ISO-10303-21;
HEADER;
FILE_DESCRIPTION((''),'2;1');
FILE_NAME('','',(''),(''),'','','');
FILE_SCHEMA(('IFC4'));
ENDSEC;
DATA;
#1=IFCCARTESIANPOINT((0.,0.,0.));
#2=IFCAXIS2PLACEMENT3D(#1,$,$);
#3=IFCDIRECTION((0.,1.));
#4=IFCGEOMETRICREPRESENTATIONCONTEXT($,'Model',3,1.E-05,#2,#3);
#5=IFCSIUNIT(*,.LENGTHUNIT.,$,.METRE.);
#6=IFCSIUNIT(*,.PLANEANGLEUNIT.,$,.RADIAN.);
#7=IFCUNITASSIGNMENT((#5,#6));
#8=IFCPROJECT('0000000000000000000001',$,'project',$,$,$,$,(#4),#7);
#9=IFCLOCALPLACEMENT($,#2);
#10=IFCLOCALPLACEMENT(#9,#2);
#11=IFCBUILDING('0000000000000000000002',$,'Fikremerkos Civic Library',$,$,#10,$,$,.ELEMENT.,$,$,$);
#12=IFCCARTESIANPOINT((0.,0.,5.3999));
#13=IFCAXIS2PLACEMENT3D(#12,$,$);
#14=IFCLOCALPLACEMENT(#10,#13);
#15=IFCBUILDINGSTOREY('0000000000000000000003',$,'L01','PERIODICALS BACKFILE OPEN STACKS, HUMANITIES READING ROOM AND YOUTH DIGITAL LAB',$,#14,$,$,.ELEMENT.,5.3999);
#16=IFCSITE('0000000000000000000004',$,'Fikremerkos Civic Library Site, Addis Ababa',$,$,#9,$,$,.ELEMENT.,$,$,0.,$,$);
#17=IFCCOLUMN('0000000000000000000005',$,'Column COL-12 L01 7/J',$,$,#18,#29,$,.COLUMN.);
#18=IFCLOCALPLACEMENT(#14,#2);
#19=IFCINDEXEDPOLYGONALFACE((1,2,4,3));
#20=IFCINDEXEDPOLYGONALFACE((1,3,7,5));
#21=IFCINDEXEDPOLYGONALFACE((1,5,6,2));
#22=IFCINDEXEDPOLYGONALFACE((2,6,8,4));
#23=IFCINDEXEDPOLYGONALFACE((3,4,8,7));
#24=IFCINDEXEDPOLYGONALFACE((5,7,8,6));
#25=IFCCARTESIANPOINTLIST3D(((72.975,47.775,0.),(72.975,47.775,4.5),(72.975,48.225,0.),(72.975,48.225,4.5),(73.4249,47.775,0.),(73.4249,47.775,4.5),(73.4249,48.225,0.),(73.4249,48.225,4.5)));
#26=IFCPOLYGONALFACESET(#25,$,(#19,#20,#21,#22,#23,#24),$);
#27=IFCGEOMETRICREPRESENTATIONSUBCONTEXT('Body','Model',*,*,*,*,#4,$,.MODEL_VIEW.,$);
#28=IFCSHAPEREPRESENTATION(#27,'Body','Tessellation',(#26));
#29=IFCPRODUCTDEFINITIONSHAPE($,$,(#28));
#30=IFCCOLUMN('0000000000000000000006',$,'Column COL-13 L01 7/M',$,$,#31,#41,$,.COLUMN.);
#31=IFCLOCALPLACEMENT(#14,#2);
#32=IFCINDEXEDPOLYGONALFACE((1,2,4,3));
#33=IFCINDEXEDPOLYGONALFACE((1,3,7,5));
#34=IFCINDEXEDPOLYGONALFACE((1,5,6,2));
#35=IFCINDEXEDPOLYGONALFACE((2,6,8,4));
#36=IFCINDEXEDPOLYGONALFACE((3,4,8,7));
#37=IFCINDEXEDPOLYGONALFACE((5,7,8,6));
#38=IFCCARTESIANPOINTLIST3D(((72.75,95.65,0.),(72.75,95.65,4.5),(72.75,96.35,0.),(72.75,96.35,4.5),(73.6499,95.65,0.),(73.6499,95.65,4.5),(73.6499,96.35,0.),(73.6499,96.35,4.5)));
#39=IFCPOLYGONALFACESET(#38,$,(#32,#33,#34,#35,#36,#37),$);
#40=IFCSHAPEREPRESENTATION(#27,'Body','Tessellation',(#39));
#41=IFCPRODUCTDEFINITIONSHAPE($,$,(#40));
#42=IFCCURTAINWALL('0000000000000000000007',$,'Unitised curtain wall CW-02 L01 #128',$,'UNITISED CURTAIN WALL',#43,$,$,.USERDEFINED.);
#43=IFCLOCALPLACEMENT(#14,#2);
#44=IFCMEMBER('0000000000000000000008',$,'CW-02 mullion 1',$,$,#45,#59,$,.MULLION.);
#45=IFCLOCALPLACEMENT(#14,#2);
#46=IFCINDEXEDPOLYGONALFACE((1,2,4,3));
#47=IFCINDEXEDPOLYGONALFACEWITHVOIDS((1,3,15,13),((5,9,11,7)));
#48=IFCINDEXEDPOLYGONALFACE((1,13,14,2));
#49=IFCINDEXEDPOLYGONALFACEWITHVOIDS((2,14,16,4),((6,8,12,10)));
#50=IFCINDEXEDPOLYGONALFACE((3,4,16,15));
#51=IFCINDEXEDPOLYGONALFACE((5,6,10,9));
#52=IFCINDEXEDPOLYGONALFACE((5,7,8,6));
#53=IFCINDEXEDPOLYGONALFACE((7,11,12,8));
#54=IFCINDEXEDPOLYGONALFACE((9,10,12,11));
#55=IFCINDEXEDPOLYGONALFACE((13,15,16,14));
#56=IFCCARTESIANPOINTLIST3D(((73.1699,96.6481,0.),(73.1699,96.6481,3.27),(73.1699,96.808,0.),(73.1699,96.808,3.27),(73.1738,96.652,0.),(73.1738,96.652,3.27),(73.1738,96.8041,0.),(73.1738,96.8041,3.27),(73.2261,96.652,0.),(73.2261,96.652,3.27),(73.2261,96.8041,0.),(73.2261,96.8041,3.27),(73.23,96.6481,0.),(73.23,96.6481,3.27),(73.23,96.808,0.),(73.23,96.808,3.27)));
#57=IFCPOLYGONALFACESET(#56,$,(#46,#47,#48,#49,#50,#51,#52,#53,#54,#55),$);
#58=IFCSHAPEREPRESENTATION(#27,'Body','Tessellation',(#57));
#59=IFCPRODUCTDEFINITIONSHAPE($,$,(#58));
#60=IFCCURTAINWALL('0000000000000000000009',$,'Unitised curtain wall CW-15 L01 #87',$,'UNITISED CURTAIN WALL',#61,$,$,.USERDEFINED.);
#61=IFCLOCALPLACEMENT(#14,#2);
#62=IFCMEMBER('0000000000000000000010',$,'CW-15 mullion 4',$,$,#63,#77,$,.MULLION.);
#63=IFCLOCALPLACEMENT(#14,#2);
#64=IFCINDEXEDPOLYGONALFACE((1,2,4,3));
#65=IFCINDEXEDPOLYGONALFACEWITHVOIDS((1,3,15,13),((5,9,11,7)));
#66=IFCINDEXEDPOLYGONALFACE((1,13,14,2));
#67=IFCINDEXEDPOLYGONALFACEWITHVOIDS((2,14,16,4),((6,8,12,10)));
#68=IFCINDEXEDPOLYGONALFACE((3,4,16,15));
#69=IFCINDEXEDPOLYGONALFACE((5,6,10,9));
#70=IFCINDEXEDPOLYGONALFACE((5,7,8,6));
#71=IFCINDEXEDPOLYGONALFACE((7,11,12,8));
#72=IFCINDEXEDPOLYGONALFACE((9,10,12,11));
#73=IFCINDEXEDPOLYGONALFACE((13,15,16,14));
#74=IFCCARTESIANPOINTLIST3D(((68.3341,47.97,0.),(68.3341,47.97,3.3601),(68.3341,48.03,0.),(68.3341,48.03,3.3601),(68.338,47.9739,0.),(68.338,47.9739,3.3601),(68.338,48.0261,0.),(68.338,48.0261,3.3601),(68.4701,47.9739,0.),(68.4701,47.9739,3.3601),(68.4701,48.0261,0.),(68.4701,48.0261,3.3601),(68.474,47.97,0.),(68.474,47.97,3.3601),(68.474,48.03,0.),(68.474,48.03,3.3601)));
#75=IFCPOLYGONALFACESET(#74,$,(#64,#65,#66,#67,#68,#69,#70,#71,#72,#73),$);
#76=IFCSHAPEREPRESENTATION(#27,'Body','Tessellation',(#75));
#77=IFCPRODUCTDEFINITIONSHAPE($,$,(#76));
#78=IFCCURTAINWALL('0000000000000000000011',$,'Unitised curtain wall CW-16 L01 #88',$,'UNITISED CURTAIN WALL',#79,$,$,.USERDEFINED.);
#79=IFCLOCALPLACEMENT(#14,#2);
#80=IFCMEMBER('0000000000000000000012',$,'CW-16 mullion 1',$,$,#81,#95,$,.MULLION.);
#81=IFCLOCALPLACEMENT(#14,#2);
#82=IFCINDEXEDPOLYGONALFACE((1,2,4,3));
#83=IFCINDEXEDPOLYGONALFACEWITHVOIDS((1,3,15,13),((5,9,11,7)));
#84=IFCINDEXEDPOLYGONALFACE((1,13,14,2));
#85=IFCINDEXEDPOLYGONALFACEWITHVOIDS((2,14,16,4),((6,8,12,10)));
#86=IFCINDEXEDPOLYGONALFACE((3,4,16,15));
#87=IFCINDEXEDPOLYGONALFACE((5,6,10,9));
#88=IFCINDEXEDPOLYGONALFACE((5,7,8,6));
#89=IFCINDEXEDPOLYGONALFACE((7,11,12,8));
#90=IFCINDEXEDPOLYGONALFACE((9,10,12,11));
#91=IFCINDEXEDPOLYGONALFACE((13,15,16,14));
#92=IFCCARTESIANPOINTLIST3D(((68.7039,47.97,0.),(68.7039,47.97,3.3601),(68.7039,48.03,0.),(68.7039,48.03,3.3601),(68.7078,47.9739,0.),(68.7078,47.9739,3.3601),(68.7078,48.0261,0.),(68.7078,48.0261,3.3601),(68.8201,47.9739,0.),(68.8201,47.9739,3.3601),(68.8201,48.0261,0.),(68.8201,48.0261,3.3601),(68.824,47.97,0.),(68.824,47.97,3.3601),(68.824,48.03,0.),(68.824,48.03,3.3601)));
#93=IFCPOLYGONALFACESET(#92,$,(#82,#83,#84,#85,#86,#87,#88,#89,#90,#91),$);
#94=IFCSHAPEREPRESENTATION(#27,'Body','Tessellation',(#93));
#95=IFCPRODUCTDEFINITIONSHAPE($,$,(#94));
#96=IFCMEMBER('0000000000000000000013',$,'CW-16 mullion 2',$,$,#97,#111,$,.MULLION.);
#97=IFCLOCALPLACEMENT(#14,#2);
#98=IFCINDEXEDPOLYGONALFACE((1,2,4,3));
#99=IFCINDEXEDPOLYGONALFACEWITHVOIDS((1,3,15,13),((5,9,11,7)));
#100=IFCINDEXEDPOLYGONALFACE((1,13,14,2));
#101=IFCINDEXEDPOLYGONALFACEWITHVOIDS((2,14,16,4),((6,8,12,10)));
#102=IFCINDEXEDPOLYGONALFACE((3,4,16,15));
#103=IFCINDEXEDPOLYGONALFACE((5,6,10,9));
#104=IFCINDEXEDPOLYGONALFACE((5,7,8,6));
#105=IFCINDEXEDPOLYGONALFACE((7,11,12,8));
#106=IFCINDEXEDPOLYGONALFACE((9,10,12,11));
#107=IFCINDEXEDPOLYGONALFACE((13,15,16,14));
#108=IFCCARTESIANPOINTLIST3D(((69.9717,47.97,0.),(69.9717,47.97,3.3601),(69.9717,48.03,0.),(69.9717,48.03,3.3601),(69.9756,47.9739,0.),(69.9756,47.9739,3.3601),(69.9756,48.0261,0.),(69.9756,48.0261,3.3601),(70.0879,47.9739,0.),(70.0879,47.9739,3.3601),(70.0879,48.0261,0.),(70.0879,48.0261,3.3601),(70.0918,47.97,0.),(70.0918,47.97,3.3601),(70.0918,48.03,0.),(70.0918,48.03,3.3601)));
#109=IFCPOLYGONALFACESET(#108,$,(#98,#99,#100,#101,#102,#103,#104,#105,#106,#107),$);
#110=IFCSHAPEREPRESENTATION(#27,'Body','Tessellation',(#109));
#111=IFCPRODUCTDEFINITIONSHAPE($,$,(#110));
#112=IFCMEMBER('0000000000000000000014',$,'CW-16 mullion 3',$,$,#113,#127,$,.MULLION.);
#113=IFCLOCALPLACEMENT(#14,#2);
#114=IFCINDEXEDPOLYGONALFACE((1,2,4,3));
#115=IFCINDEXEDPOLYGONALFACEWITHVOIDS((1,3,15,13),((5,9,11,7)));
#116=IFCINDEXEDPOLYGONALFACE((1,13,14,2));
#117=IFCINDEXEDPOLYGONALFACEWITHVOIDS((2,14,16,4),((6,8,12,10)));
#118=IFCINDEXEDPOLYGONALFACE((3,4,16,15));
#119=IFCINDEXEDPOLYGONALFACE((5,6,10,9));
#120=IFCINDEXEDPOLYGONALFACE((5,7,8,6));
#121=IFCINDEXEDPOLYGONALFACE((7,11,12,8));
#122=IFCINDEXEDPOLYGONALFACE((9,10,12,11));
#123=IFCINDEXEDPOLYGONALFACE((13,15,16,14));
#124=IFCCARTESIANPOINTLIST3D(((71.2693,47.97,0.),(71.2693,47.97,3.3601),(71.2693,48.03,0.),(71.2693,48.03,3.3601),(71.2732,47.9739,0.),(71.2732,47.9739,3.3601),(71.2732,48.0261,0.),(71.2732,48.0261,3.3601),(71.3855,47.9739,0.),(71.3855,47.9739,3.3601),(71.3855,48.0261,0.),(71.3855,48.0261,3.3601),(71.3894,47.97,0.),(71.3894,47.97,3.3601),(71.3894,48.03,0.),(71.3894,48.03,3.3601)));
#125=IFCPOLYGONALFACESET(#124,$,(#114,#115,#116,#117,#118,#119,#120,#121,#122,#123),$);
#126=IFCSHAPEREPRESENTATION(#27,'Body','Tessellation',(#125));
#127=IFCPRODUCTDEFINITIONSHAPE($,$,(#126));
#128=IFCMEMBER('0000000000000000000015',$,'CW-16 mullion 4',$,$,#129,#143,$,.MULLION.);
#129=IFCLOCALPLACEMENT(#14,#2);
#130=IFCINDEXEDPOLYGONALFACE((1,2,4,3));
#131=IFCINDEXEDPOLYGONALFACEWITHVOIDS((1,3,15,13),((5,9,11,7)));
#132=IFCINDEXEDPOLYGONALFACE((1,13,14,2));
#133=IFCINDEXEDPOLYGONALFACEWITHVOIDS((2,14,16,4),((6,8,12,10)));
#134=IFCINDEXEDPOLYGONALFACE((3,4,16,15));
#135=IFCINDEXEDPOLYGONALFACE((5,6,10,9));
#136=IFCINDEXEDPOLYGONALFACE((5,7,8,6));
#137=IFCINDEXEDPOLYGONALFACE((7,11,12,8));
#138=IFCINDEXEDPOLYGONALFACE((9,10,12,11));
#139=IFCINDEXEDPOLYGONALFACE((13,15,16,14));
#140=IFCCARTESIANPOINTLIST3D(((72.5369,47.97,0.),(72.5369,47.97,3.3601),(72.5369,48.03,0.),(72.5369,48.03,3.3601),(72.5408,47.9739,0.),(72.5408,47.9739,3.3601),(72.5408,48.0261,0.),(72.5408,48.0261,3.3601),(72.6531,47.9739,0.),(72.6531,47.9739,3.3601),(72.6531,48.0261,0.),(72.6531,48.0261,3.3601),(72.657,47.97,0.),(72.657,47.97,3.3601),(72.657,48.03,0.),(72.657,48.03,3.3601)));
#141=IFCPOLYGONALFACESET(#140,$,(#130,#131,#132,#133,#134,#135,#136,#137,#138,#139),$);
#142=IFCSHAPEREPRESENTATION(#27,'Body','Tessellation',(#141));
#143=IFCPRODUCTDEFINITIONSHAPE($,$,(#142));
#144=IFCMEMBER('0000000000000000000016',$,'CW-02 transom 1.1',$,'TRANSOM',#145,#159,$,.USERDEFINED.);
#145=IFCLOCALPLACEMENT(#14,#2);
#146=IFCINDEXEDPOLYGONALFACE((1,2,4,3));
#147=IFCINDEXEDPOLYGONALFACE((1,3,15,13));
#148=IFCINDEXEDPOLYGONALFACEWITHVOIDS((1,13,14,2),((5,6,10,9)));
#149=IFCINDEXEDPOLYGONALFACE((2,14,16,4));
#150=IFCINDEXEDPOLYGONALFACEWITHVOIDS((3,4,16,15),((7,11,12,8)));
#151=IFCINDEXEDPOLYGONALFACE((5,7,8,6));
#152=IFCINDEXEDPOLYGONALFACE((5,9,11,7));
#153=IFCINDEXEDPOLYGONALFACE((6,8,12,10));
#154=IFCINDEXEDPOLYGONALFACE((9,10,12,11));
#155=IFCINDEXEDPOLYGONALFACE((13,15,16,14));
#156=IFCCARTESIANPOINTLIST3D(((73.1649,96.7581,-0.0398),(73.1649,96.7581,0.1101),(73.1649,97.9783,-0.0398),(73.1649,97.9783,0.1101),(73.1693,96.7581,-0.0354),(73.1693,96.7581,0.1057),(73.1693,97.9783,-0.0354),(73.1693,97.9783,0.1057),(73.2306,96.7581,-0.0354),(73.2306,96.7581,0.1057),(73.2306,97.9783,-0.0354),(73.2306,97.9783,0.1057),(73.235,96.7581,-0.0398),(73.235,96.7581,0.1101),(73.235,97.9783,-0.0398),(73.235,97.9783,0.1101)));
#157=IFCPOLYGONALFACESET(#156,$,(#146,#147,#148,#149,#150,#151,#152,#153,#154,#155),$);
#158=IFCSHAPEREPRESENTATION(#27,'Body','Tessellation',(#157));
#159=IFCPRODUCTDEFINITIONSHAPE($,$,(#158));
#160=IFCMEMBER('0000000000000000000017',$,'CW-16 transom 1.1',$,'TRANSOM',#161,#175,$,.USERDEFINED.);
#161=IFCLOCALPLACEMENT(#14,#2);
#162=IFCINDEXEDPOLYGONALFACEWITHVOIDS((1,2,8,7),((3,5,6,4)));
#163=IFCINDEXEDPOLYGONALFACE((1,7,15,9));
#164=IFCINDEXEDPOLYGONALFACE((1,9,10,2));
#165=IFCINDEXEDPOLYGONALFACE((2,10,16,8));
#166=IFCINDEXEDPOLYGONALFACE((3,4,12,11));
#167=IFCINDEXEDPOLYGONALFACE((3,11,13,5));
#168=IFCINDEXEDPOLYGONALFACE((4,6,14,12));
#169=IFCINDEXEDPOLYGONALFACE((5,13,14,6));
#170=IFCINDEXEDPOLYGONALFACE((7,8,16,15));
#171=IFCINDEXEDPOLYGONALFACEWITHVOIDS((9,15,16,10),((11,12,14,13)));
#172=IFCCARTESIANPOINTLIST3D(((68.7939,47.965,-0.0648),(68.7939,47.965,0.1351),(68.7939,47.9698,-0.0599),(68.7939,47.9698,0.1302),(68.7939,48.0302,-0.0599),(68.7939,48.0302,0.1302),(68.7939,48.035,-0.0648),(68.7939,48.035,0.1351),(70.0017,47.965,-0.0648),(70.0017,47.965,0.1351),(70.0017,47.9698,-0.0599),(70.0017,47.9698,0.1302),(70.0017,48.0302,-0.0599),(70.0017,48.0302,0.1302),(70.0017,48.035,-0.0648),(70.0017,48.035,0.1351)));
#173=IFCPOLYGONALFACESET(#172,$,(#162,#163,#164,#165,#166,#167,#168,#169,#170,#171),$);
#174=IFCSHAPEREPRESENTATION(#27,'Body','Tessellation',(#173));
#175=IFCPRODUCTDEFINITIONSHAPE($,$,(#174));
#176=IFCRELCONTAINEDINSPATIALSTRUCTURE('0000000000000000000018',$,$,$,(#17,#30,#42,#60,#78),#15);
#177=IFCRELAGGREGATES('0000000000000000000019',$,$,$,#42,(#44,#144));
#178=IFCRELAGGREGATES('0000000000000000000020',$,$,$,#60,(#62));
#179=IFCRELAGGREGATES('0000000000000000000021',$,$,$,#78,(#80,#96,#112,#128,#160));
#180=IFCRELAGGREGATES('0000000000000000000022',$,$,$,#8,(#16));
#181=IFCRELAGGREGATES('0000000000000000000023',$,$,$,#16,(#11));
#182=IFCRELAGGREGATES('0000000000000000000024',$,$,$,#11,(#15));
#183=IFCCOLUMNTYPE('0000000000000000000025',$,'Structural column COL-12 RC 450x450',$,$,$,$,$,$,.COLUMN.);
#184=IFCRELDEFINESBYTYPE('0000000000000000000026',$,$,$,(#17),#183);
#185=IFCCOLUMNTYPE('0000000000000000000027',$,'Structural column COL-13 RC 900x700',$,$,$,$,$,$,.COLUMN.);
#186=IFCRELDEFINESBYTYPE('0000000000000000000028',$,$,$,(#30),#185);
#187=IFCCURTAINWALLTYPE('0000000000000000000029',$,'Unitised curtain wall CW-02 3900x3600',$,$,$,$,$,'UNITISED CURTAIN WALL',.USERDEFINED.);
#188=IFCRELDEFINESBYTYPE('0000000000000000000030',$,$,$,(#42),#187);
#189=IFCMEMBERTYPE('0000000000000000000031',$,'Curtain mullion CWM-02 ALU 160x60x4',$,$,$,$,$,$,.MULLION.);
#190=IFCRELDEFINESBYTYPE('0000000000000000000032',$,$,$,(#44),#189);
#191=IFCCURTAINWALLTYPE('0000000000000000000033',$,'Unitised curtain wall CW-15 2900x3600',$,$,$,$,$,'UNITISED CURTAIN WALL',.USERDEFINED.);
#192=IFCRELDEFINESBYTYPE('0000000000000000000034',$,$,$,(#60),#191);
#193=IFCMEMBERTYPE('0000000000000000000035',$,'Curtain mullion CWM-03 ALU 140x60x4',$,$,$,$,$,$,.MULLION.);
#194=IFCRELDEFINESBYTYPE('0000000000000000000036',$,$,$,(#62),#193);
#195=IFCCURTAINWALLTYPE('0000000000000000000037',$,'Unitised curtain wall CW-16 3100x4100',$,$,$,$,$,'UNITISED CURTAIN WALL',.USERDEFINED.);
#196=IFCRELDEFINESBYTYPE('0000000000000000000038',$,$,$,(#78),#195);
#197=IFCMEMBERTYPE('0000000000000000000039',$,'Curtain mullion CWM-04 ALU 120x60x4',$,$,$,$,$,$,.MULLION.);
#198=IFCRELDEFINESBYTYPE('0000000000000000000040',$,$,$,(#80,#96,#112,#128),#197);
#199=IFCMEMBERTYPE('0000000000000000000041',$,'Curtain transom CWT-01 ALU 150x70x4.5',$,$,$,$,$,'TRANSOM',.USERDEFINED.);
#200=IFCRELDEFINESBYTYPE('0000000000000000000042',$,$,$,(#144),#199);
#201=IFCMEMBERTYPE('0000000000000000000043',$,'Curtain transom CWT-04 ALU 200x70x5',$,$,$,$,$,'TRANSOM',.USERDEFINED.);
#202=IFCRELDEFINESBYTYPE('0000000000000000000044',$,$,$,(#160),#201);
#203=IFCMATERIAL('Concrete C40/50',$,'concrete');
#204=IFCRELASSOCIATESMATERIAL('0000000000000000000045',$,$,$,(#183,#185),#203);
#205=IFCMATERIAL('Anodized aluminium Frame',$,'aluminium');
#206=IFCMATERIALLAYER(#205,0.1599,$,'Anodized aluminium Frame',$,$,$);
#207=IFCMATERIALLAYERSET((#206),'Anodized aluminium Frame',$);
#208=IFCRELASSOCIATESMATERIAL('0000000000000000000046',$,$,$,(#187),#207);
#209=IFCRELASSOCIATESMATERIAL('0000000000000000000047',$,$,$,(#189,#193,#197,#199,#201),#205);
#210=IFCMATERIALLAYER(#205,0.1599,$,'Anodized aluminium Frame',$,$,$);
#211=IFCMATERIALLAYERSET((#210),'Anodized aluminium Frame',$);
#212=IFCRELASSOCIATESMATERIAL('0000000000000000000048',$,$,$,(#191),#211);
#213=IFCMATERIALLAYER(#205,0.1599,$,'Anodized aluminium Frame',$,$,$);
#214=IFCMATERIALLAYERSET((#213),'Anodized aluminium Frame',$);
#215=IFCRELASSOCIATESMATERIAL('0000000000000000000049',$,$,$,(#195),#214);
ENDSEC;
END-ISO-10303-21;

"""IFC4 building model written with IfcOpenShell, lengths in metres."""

from ifc_helpers import new_model, si_unit, direction, frame, origin, origin_2d, place, context, subcontext, project, spatial, rectangle, hollow_rectangle, extrude, material, layer, layer_set, material_profile, profile_set, type_object, element, aggregate, save


model = new_model("IFC4")

# Units and contexts
model_context = context("Model", 3, precision=1e-05, world=origin(), true_north=direction((0.0, 1.0)))
body_context = subcontext(model_context, "Body", "Model", "MODEL_VIEW")
ifc_project = project(units=[si_unit("LENGTHUNIT", "METRE"), si_unit("PLANEANGLEUNIT", "RADIAN")], contexts=[model_context])

# Site, building, storey
site_placement = place(None, origin())
site = spatial("IfcSite", under=ifc_project, at=site_placement, Name="Fikremerkos Civic Library Site, Addis Ababa", CompositionType="ELEMENT", RefElevation=0.0)
building_placement = place(site_placement, origin())
building = spatial("IfcBuilding", under=site, at=building_placement, Name="Fikremerkos Civic Library", CompositionType="ELEMENT")
storey_placement = place(building_placement, frame((0.0, 0.0, 5.3999)))
storey = spatial("IfcBuildingStorey", under=building, at=storey_placement, Name="L01", Description="PERIODICALS BACKFILE OPEN STACKS, HUMANITIES READING ROOM AND YOUTH DIGITAL LAB", CompositionType="ELEMENT", Elevation=5.3999)

# Columns
ifc_material_1 = material(Name="Concrete C40/50", Category="concrete")
ifc_material_profile_1 = material_profile(ifc_material_1, rectangle(XDim=0.45, YDim=0.45, at=origin_2d()), Name="RC 450x450")
ifc_profile_set_1 = profile_set([ifc_material_profile_1], Name="Concrete C40/50")
column_type_1 = type_object("IfcColumnType", Name="Structural column COL-12 RC 450x450", PredefinedType="COLUMN", material=ifc_profile_set_1)
column_1_placement = place(storey_placement, frame((73.2, 48.0, 0.0), z_axis=(0.0, 0.0, 1.0), x_axis=(1.0, 0.0, 0.0)))
element("IfcColumn", 1, at=column_1_placement, inside=storey, type_object=column_type_1, Name="Column COL-12 L01 7/J", PredefinedType="COLUMN", context=body_context, shape_type="SweptSolid", body=[
    extrude(rectangle(XDim=0.45, YDim=0.45, at=origin_2d()), origin(), (0.0, 0.0, 1.0), 4.5),
])
ifc_material_profile_2 = material_profile(ifc_material_1, rectangle(XDim=0.8999, YDim=0.7, at=origin_2d()), Name="RC 900x700")
ifc_profile_set_2 = profile_set([ifc_material_profile_2], Name="Concrete C40/50")
column_type_2 = type_object("IfcColumnType", Name="Structural column COL-13 RC 900x700", PredefinedType="COLUMN", material=ifc_profile_set_2)
column_2_placement = place(storey_placement, frame((73.2, 96.0, 0.0), z_axis=(0.0, 0.0, 1.0), x_axis=(1.0, 0.0, 0.0)))
element("IfcColumn", 2, at=column_2_placement, inside=storey, type_object=column_type_2, Name="Column COL-13 L01 7/M", PredefinedType="COLUMN", context=body_context, shape_type="SweptSolid", body=[
    extrude(rectangle(XDim=0.8999, YDim=0.7, at=origin_2d()), origin(), (0.0, 0.0, 1.0), 4.5),
])

# Curtain walls, members
ifc_material_2 = material(Name="Anodized aluminium Frame", Category="aluminium")
ifc_layer_1 = layer(ifc_material_2, 0.1599, Name="Anodized aluminium Frame")
ifc_layer_set_1 = layer_set([ifc_layer_1], Name="Anodized aluminium Frame")
curtain_wall_type_1 = type_object("IfcCurtainWallType", Name="Unitised curtain wall CW-02 3900x3600", ElementType="UNITISED CURTAIN WALL", PredefinedType="USERDEFINED", material=ifc_layer_set_1)
curtain_wall_1_placement = place(storey_placement, origin())
curtain_wall_1 = element("IfcCurtainWall", 3, at=curtain_wall_1_placement, inside=storey, type_object=curtain_wall_type_1, Name="Unitised curtain wall CW-02 L01 #128", ObjectType="UNITISED CURTAIN WALL", PredefinedType="USERDEFINED")
ifc_material_profile_3 = material_profile(ifc_material_2, hollow_rectangle(XDim=0.0601, YDim=0.1599, WallThickness=0.0039, at=origin_2d()), Name="ALU 160x60x4")
ifc_profile_set_3 = profile_set([ifc_material_profile_3], Name="Anodized aluminium Frame")
member_type_1 = type_object("IfcMemberType", Name="Curtain mullion CWM-02 ALU 160x60x4", PredefinedType="MULLION", material=ifc_profile_set_3)
member_1_placement = place(storey_placement, frame((73.2, 96.728, 0.0), z_axis=(0.0, 0.0, 1.0), x_axis=(-1.0, 0.0, 0.0)))
member_1 = element("IfcMember", 4, at=member_1_placement, type_object=member_type_1, Name="CW-02 mullion 1", PredefinedType="MULLION", context=body_context, shape_type="SweptSolid", body=[
    extrude(hollow_rectangle(XDim=0.0601, YDim=0.1599, WallThickness=0.0039, at=origin_2d()), origin(), (0.0, 0.0, 1.0), 3.27),
])
ifc_layer_2 = layer(ifc_material_2, 0.1599, Name="Anodized aluminium Frame")
ifc_layer_set_2 = layer_set([ifc_layer_2], Name="Anodized aluminium Frame")
curtain_wall_type_2 = type_object("IfcCurtainWallType", Name="Unitised curtain wall CW-15 2900x3600", ElementType="UNITISED CURTAIN WALL", PredefinedType="USERDEFINED", material=ifc_layer_set_2)
curtain_wall_2_placement = place(storey_placement, origin())
curtain_wall_2 = element("IfcCurtainWall", 5, at=curtain_wall_2_placement, inside=storey, type_object=curtain_wall_type_2, Name="Unitised curtain wall CW-15 L01 #87", ObjectType="UNITISED CURTAIN WALL", PredefinedType="USERDEFINED")
ifc_material_profile_4 = material_profile(ifc_material_2, hollow_rectangle(XDim=0.0601, YDim=0.1399, WallThickness=0.0039, at=origin_2d()), Name="ALU 140x60x4")
ifc_profile_set_4 = profile_set([ifc_material_profile_4], Name="Anodized aluminium Frame")
member_type_2 = type_object("IfcMemberType", Name="Curtain mullion CWM-03 ALU 140x60x4", PredefinedType="MULLION", material=ifc_profile_set_4)
member_2_placement = place(storey_placement, frame((68.4041, 48.0, 0.0), z_axis=(0.0, 0.0, 1.0), x_axis=(0.0, 1.0, 0.0)))
member_2 = element("IfcMember", 6, at=member_2_placement, type_object=member_type_2, Name="CW-15 mullion 4", PredefinedType="MULLION", context=body_context, shape_type="SweptSolid", body=[
    extrude(hollow_rectangle(XDim=0.0601, YDim=0.1399, WallThickness=0.0039, at=origin_2d()), origin(), (0.0, 0.0, 1.0), 3.3601),
])

# Curtain wall, members
ifc_layer_3 = layer(ifc_material_2, 0.1599, Name="Anodized aluminium Frame")
ifc_layer_set_3 = layer_set([ifc_layer_3], Name="Anodized aluminium Frame")
curtain_wall_type_3 = type_object("IfcCurtainWallType", Name="Unitised curtain wall CW-16 3100x4100", ElementType="UNITISED CURTAIN WALL", PredefinedType="USERDEFINED", material=ifc_layer_set_3)
curtain_wall_3_placement = place(storey_placement, origin())
curtain_wall_3 = element("IfcCurtainWall", 7, at=curtain_wall_3_placement, inside=storey, type_object=curtain_wall_type_3, Name="Unitised curtain wall CW-16 L01 #88", ObjectType="UNITISED CURTAIN WALL", PredefinedType="USERDEFINED")
ifc_material_profile_5 = material_profile(ifc_material_2, hollow_rectangle(XDim=0.0601, YDim=0.1201, WallThickness=0.0039, at=origin_2d()), Name="ALU 120x60x4")
ifc_profile_set_5 = profile_set([ifc_material_profile_5], Name="Anodized aluminium Frame")
member_type_3 = type_object("IfcMemberType", Name="Curtain mullion CWM-04 ALU 120x60x4", PredefinedType="MULLION", material=ifc_profile_set_5)
member_3_placement = place(storey_placement, frame((68.7639, 48.0, 0.0), z_axis=(0.0, 0.0, 1.0), x_axis=(0.0, 1.0, 0.0)))
member_3 = element("IfcMember", 8, at=member_3_placement, type_object=member_type_3, Name="CW-16 mullion 1", PredefinedType="MULLION", context=body_context, shape_type="SweptSolid", body=[
    extrude(hollow_rectangle(XDim=0.0601, YDim=0.1201, WallThickness=0.0039, at=origin_2d()), origin(), (0.0, 0.0, 1.0), 3.3601),
])
member_4_placement = place(storey_placement, frame((70.0317, 48.0, 0.0), z_axis=(0.0, 0.0, 1.0), x_axis=(0.0, 1.0, 0.0)))
member_4 = element("IfcMember", 9, at=member_4_placement, type_object=member_type_3, Name="CW-16 mullion 2", PredefinedType="MULLION", context=body_context, shape_type="SweptSolid", body=[
    extrude(hollow_rectangle(XDim=0.0601, YDim=0.1201, WallThickness=0.0039, at=origin_2d()), origin(), (0.0, 0.0, 1.0), 3.3601),
])
member_5_placement = place(storey_placement, frame((71.3293, 48.0, 0.0), z_axis=(0.0, 0.0, 1.0), x_axis=(0.0, 1.0, 0.0)))
member_5 = element("IfcMember", 10, at=member_5_placement, type_object=member_type_3, Name="CW-16 mullion 3", PredefinedType="MULLION", context=body_context, shape_type="SweptSolid", body=[
    extrude(hollow_rectangle(XDim=0.0601, YDim=0.1201, WallThickness=0.0039, at=origin_2d()), origin(), (0.0, 0.0, 1.0), 3.3601),
])
member_6_placement = place(storey_placement, frame((72.5969, 48.0, 0.0), z_axis=(0.0, 0.0, 1.0), x_axis=(0.0, 1.0, 0.0)))
member_6 = element("IfcMember", 11, at=member_6_placement, type_object=member_type_3, Name="CW-16 mullion 4", PredefinedType="MULLION", context=body_context, shape_type="SweptSolid", body=[
    extrude(hollow_rectangle(XDim=0.0601, YDim=0.1201, WallThickness=0.0039, at=origin_2d()), origin(), (0.0, 0.0, 1.0), 3.3601),
])

# Members
ifc_material_profile_6 = material_profile(ifc_material_2, hollow_rectangle(XDim=0.0701, YDim=0.1499, WallThickness=0.0044, at=origin_2d()), Name="ALU 150x70x4.5")
ifc_profile_set_6 = profile_set([ifc_material_profile_6], Name="Anodized aluminium Frame")
member_type_4 = type_object("IfcMemberType", Name="Curtain transom CWT-01 ALU 150x70x4.5", ElementType="TRANSOM", PredefinedType="USERDEFINED", material=ifc_profile_set_6)
member_7_placement = place(storey_placement, frame((73.2, 96.7581, 0.0352), z_axis=(0.0, 1.0, 0.0), x_axis=(-1.0, 0.0, 0.0)))
member_7 = element("IfcMember", 12, at=member_7_placement, type_object=member_type_4, Name="CW-02 transom 1.1", ObjectType="TRANSOM", PredefinedType="USERDEFINED", context=body_context, shape_type="SweptSolid", body=[
    extrude(hollow_rectangle(XDim=0.0701, YDim=0.1499, WallThickness=0.0044, at=origin_2d()), origin(), (0.0, 0.0, 1.0), 1.2202),
])
aggregate(curtain_wall_1, [member_1, member_7])
ifc_material_profile_7 = material_profile(ifc_material_2, hollow_rectangle(XDim=0.0701, YDim=0.2, WallThickness=0.0049, at=origin_2d()), Name="ALU 200x70x5")
ifc_profile_set_7 = profile_set([ifc_material_profile_7], Name="Anodized aluminium Frame")
member_type_5 = type_object("IfcMemberType", Name="Curtain transom CWT-04 ALU 200x70x5", ElementType="TRANSOM", PredefinedType="USERDEFINED", material=ifc_profile_set_7)
member_8_placement = place(storey_placement, frame((68.7939, 48.0, 0.0352), z_axis=(1.0, 0.0, 0.0), x_axis=(0.0, 1.0, 0.0)))
member_8 = element("IfcMember", 13, at=member_8_placement, type_object=member_type_5, Name="CW-16 transom 1.1", ObjectType="TRANSOM", PredefinedType="USERDEFINED", context=body_context, shape_type="SweptSolid", body=[
    extrude(hollow_rectangle(XDim=0.0701, YDim=0.2, WallThickness=0.0049, at=origin_2d()), origin(), (0.0, 0.0, 1.0), 1.2078),
])

aggregate(curtain_wall_2, [member_2])
aggregate(curtain_wall_3, [member_3, member_4, member_5, member_6, member_8])

save(model, "model.ifc")
